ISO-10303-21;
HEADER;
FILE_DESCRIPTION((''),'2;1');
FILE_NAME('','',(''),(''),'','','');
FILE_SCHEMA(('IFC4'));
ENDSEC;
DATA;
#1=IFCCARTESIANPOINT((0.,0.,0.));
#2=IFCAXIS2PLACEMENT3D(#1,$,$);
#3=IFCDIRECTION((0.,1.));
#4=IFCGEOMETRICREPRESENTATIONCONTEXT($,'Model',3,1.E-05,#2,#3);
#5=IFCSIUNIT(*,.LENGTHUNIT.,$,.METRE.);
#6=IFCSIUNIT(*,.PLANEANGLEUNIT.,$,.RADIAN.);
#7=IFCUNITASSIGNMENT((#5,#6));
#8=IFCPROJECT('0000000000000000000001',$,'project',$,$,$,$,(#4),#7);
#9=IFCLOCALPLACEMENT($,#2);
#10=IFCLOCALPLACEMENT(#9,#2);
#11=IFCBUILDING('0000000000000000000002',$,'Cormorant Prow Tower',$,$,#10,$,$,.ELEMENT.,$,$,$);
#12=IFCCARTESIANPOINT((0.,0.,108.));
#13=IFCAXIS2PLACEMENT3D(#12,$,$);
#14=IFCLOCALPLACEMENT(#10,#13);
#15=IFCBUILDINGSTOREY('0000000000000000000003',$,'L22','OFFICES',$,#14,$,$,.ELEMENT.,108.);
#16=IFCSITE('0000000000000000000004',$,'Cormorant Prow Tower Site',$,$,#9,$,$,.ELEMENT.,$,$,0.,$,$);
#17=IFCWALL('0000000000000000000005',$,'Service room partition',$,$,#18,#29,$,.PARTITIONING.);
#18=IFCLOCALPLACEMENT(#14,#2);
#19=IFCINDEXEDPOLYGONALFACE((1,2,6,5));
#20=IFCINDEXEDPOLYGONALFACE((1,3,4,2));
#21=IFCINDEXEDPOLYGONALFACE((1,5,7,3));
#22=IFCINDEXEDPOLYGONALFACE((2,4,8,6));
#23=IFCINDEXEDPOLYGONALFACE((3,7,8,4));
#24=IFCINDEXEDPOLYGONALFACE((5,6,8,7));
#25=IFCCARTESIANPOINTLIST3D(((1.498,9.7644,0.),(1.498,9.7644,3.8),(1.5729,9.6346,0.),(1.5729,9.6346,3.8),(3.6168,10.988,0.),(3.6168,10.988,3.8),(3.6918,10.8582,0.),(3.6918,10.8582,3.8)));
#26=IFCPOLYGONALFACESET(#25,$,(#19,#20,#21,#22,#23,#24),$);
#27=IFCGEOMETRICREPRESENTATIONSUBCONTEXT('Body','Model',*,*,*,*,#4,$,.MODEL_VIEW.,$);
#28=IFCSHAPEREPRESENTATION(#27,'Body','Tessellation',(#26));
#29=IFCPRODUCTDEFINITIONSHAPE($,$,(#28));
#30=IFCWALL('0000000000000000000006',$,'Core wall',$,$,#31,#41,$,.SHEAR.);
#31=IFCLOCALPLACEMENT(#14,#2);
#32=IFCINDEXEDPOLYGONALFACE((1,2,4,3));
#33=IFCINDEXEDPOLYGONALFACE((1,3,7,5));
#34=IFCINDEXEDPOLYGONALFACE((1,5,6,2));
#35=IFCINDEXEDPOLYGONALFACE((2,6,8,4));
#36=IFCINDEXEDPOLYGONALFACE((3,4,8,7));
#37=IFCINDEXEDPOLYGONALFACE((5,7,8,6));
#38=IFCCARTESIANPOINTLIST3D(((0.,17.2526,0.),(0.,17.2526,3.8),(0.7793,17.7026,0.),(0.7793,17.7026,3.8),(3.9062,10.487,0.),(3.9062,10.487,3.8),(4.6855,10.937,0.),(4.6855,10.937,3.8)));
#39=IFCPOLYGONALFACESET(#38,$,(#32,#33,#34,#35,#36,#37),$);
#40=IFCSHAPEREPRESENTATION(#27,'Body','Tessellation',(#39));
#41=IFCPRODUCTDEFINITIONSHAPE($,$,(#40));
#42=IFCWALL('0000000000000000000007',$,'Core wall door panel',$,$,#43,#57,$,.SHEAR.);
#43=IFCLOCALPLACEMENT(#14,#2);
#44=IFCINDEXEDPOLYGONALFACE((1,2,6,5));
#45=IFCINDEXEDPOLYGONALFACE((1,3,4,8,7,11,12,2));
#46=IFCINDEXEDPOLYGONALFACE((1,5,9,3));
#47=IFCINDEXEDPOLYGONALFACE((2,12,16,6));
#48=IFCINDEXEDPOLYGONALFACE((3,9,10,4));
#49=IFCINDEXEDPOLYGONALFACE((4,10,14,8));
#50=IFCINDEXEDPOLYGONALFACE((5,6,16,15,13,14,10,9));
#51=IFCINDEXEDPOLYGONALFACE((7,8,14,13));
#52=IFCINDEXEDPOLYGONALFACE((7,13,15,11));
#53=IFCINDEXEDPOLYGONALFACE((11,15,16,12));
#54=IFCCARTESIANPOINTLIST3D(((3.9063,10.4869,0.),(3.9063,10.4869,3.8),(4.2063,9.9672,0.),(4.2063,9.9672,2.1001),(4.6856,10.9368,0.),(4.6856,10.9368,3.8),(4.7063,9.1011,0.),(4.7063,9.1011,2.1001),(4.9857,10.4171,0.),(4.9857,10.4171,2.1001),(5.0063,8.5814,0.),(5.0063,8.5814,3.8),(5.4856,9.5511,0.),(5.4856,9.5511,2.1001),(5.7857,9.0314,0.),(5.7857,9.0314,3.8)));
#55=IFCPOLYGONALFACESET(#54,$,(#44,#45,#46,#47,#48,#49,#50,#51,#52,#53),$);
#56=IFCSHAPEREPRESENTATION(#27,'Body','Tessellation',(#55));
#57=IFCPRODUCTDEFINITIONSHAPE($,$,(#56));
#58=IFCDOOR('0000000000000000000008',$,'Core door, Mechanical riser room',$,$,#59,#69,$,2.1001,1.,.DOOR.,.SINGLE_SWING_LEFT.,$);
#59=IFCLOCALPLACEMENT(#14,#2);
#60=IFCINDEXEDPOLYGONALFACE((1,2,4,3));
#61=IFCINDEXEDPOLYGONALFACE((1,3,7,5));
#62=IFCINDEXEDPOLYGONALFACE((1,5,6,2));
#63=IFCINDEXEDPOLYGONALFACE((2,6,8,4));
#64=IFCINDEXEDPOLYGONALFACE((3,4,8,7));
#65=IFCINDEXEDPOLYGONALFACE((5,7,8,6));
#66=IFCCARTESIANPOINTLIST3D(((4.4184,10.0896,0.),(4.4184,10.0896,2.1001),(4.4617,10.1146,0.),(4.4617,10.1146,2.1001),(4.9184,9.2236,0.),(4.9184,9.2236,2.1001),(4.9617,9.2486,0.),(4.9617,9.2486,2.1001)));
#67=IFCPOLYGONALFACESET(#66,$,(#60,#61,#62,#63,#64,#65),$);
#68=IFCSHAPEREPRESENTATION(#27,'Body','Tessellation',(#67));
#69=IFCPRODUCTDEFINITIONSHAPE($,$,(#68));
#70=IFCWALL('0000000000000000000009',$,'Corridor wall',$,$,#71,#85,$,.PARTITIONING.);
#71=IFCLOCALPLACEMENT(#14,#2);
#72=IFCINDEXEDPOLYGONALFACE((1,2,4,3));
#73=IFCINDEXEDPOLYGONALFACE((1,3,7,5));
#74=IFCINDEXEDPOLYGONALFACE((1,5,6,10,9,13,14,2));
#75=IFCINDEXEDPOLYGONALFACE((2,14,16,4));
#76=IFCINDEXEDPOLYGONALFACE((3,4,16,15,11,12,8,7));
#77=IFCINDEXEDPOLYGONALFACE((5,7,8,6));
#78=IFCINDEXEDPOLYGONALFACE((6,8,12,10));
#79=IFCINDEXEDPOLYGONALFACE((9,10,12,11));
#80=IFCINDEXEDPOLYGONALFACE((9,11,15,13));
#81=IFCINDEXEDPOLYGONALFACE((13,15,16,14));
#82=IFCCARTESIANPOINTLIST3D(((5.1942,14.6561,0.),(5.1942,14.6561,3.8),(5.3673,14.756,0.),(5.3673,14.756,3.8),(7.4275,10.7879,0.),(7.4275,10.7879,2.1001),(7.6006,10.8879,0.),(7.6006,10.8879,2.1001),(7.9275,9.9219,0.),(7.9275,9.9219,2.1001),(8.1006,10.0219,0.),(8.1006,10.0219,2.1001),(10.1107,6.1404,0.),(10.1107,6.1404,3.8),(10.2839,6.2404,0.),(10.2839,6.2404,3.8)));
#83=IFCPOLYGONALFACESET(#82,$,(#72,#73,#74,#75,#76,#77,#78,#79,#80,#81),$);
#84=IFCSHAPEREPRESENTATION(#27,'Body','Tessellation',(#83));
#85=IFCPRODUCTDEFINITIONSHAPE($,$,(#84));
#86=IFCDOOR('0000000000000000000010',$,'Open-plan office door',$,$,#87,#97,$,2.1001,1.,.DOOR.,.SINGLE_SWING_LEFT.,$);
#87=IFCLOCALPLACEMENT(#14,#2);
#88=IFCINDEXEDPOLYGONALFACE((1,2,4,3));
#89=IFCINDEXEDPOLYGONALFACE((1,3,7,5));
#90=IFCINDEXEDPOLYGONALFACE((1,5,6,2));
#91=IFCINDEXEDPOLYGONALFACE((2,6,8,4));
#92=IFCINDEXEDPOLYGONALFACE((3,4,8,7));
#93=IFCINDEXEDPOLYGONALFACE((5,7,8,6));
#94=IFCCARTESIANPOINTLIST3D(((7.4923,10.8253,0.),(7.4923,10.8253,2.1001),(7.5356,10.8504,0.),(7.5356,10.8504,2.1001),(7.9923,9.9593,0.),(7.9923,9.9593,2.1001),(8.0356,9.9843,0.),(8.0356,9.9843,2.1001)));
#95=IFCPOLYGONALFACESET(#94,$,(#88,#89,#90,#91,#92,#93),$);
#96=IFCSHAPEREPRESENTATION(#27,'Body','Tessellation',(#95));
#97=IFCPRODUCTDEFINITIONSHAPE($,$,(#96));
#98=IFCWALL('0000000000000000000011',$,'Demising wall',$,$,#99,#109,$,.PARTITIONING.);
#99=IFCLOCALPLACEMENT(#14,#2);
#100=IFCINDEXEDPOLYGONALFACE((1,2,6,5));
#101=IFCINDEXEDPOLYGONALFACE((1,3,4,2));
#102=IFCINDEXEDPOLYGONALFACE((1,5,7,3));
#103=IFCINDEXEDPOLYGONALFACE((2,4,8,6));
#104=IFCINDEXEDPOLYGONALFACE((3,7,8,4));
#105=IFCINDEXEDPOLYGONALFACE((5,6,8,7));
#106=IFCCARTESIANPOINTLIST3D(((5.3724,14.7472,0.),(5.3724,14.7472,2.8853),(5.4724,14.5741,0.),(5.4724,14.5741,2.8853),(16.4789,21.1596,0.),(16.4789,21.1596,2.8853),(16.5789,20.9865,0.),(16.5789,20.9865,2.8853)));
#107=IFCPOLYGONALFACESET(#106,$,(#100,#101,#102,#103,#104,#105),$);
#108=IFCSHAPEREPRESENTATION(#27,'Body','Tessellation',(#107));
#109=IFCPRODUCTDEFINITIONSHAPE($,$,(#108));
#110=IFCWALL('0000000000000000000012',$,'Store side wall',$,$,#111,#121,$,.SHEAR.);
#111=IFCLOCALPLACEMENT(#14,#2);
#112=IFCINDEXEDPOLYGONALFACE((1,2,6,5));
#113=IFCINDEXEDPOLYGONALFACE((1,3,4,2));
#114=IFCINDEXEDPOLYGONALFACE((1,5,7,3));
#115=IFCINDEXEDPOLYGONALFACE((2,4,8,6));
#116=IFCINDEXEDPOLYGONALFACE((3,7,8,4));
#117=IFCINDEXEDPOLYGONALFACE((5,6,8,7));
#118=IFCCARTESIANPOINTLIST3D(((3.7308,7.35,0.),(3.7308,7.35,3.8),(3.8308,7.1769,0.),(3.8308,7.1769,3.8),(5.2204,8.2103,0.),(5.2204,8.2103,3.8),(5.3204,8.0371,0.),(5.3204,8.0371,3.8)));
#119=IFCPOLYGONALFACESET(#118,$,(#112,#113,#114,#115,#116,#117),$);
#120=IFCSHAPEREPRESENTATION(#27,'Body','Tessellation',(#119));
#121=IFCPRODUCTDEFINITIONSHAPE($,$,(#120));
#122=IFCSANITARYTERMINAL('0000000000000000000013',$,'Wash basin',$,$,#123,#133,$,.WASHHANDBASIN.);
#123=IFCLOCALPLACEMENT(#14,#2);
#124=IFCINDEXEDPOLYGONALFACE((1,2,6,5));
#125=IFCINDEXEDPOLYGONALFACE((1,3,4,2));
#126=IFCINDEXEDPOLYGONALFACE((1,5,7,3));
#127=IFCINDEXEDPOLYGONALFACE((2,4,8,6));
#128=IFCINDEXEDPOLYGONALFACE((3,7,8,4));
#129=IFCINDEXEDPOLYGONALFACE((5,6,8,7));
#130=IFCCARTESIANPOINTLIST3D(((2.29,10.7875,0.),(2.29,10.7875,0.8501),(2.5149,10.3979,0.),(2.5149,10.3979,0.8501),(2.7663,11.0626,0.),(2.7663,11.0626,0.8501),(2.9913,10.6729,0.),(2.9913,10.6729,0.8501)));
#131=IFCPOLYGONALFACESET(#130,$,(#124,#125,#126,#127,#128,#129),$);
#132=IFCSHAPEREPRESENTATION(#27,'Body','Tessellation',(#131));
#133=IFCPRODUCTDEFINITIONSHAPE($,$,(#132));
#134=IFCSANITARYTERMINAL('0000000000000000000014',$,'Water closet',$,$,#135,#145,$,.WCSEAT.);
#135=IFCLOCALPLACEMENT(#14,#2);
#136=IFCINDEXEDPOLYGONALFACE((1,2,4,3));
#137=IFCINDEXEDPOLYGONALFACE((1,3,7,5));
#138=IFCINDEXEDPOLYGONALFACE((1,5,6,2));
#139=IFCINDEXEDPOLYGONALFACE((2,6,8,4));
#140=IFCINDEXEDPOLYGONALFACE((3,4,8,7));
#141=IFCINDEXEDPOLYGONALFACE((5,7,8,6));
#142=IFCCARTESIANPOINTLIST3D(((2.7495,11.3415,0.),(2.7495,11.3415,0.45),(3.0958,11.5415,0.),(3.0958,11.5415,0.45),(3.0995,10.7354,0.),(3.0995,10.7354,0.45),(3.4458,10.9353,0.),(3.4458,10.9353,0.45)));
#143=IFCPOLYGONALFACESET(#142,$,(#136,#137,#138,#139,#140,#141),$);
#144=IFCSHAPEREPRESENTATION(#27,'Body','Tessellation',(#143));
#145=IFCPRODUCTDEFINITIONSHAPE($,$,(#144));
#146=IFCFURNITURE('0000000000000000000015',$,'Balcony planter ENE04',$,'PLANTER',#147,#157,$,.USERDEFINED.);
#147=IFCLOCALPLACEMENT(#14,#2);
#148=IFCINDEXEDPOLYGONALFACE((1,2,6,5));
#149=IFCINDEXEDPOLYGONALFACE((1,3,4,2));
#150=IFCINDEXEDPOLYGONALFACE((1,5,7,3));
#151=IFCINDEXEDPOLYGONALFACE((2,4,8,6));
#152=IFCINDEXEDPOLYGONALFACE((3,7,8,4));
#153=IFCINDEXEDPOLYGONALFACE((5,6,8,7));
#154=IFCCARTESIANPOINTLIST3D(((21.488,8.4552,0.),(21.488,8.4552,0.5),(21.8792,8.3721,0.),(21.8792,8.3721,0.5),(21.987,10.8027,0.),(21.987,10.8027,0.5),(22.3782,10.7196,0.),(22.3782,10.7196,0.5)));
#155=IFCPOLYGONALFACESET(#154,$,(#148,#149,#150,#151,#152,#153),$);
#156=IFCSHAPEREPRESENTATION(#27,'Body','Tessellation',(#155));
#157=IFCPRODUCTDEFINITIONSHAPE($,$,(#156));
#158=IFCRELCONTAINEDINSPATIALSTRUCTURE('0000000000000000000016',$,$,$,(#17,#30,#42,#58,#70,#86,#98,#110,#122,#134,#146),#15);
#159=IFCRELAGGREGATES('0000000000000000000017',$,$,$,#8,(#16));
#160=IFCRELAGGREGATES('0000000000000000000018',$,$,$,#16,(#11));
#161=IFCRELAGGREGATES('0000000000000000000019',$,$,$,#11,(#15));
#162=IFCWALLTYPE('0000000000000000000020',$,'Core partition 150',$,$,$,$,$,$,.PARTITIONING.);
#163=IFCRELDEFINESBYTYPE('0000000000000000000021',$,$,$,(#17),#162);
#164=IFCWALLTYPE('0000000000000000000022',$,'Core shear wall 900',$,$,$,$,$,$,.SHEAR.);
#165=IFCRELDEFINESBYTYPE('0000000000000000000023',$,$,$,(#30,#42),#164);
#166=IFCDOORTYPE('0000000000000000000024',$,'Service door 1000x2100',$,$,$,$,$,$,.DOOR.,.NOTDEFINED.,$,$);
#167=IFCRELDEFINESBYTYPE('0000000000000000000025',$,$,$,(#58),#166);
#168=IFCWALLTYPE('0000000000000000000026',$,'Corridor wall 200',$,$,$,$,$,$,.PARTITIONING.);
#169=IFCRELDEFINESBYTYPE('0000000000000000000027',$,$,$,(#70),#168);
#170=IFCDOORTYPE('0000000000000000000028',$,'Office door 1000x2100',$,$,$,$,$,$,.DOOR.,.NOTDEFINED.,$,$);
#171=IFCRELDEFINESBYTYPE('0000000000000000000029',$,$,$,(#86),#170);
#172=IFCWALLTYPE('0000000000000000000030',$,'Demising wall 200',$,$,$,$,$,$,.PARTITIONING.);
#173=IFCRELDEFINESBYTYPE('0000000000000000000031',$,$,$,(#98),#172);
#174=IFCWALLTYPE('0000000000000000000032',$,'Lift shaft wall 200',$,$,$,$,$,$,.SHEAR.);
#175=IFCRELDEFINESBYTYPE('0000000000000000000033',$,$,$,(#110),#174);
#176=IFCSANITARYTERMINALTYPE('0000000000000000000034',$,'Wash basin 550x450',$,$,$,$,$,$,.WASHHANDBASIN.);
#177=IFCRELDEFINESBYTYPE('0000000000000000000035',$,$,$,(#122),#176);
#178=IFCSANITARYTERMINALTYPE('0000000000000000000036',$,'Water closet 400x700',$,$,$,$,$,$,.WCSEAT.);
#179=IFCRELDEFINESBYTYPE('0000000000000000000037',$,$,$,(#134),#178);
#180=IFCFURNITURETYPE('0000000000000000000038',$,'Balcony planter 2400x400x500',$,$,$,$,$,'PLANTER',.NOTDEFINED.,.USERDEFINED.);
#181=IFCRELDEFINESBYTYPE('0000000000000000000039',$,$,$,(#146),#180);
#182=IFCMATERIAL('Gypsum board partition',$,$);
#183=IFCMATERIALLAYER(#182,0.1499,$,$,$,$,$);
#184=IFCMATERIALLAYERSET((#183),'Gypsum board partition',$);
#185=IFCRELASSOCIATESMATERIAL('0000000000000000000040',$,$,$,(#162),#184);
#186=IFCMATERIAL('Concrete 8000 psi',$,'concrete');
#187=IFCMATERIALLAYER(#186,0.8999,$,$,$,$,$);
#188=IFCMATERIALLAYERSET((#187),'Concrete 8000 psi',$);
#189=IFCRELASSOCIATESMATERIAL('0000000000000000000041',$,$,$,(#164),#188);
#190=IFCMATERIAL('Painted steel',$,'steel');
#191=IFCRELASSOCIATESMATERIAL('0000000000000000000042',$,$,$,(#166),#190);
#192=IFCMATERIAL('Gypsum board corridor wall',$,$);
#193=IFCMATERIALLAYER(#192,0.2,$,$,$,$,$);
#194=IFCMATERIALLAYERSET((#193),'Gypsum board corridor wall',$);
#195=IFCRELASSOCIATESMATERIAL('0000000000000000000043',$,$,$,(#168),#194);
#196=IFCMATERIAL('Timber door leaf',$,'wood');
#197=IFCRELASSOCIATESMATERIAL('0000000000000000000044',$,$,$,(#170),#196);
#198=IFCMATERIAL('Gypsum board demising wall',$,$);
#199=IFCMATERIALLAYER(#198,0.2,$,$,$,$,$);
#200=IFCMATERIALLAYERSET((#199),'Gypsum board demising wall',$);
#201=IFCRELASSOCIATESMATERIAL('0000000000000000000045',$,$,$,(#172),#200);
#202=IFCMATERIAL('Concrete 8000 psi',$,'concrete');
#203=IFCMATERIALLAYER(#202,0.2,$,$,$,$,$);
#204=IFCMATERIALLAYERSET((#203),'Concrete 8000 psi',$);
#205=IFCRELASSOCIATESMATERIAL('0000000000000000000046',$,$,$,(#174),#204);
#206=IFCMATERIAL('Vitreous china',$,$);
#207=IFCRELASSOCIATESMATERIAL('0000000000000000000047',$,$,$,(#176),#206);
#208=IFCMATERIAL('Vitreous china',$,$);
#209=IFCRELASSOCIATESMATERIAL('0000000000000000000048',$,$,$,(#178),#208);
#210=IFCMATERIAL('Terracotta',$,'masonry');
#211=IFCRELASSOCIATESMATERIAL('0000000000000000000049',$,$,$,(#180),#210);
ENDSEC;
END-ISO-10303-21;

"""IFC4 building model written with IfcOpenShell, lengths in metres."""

from ifc_helpers import new_model, si_unit, direction, frame, frame_2d, origin, origin_2d, place, context, subcontext, project, spatial, rectangle, extrude, material, layer, layer_set, type_object, element, fill, save


model = new_model("IFC4")

# Units and contexts
model_context = context("Model", 3, precision=1e-05, world=origin(), true_north=direction((0.0, 1.0)))
body_context = subcontext(model_context, "Body", "Model", "MODEL_VIEW")
ifc_project = project(units=[si_unit("LENGTHUNIT", "METRE"), si_unit("PLANEANGLEUNIT", "RADIAN")], contexts=[model_context])

# Site, building, storey
site_placement = place(None, origin())
site = spatial("IfcSite", under=ifc_project, at=site_placement, Name="Cormorant Prow Tower Site", CompositionType="ELEMENT", RefElevation=0.0)
building_placement = place(site_placement, origin())
building = spatial("IfcBuilding", under=site, at=building_placement, Name="Cormorant Prow Tower", CompositionType="ELEMENT")
storey_placement = place(building_placement, frame((0.0, 0.0, 108.0)))
storey = spatial("IfcBuildingStorey", under=building, at=storey_placement, Name="L22", Description="OFFICES", CompositionType="ELEMENT", Elevation=108.0)

# Walls
ifc_material_1 = material(Name="Gypsum board partition")
ifc_layer_1 = layer(ifc_material_1, 0.1499)
ifc_layer_set_1 = layer_set([ifc_layer_1], Name="Gypsum board partition")
wall_type_1 = type_object("IfcWallType", Name="Core partition 150", PredefinedType="PARTITIONING", material=ifc_layer_set_1)
wall_1_placement = place(storey_placement, frame((3.6543, 10.9231, 0.0), z_axis=(0.0, 0.0, 1.0), x_axis=(-0.865975, -0.500088, 0.0)))
element("IfcWall", 1, at=wall_1_placement, inside=storey, type_object=wall_type_1, Name="Service room partition", PredefinedType="PARTITIONING", context=body_context, shape_type="SweptSolid", body=[
    extrude(rectangle(XDim=2.4468, YDim=0.1499, at=frame_2d((1.2234, 0.0))), origin(), (0.0, 0.0, 1.0), 3.8),
])
ifc_material_2 = material(Name="Concrete 8000 psi", Category="concrete")
ifc_layer_2 = layer(ifc_material_2, 0.8999)
ifc_layer_set_2 = layer_set([ifc_layer_2], Name="Concrete 8000 psi")
wall_type_2 = type_object("IfcWallType", Name="Core shear wall 900", PredefinedType="SHEAR", material=ifc_layer_set_2)
wall_2_placement = place(storey_placement, frame((4.2959, 10.7119, 0.0), z_axis=(0.0, 0.0, 1.0), x_axis=(-0.500011, 0.866019, 0.0)))
element("IfcWall", 2, at=wall_2_placement, inside=storey, type_object=wall_type_2, Name="Core wall", PredefinedType="SHEAR", context=body_context, shape_type="SweptSolid", body=[
    extrude(rectangle(XDim=7.8123, YDim=0.8999, at=frame_2d((3.9062, 0.0))), origin(), (0.0, 0.0, 1.0), 3.8),
])

# Walls, openings, doors
wall_3_placement = place(storey_placement, frame((5.396, 8.8064, 0.0), z_axis=(0.0, 0.0, 1.0), x_axis=(-0.499982, 0.866036, 0.0)))
wall_3 = element("IfcWall", 3, at=wall_3_placement, inside=storey, type_object=wall_type_2, Name="Core wall door panel", PredefinedType="SHEAR", context=body_context, shape_type="SweptSolid", body=[
    extrude(rectangle(XDim=2.2002, YDim=0.8999, at=frame_2d((1.1001, 0.0))), origin(), (0.0, 0.0, 1.0), 3.8),
])
opening_1_placement = place(wall_3_placement, frame((0.6001, 0.0, 0.0)))
opening_1 = element("IfcOpeningElement", 4, at=opening_1_placement, cuts=wall_3, PredefinedType="OPENING", context=body_context, shape_type="SweptSolid", body=[
    extrude(rectangle(XDim=1.0, YDim=2.1001, at=frame_2d((0.5, 1.05))), frame((0.0, 0.46, 0.0), z_axis=(0.0, -1.0, 0.0), x_axis=(1.0, 0.0, 0.0)), (0.0, 0.0, 1.0), 0.9199),
])
ifc_material_3 = material(Name="Painted steel", Category="steel")
door_type_1 = type_object("IfcDoorType", Name="Service door 1000x2100", OperationType="NOTDEFINED", PredefinedType="DOOR", material=ifc_material_3)
door_1_placement = place(opening_1_placement, origin())
door_1 = element("IfcDoor", 5, at=door_1_placement, inside=storey, type_object=door_type_1, Name="Core door, Mechanical riser room", OperationType="SINGLE_SWING_LEFT", OverallHeight=2.1001, OverallWidth=1.0, PredefinedType="DOOR", context=body_context, shape_type="SweptSolid", body=[
    extrude(rectangle(XDim=1.0, YDim=2.1001, at=frame_2d((0.5, 1.05))), frame((0.0, 0.2051, 0.0), z_axis=(0.0, -1.0, 0.0), x_axis=(1.0, 0.0, 0.0)), (0.0, 0.0, 1.0), 0.05),
])
fill(opening_1, door_1)
ifc_material_4 = material(Name="Gypsum board corridor wall")
ifc_layer_3 = layer(ifc_material_4, 0.2)
ifc_layer_set_3 = layer_set([ifc_layer_3], Name="Gypsum board corridor wall")
wall_type_3 = type_object("IfcWallType", Name="Corridor wall 200", PredefinedType="PARTITIONING", material=ifc_layer_set_3)
wall_4_placement = place(storey_placement, frame((5.2808, 14.7061, 0.0), z_axis=(0.0, 0.0, 1.0), x_axis=(0.5, -0.866025, 0.0)))
wall_4 = element("IfcWall", 6, at=wall_4_placement, inside=storey, type_object=wall_type_3, Name="Corridor wall", PredefinedType="PARTITIONING", context=body_context, shape_type="SweptSolid", body=[
    extrude(rectangle(XDim=9.833, YDim=0.2, at=frame_2d((4.9165, 0.0))), origin(), (0.0, 0.0, 1.0), 3.8),
])
opening_2_placement = place(wall_4_placement, frame((4.4666, 0.0, 0.0)))
opening_2 = element("IfcOpeningElement", 7, at=opening_2_placement, cuts=wall_4, PredefinedType="OPENING", context=body_context, shape_type="SweptSolid", body=[
    extrude(rectangle(XDim=1.0, YDim=2.1001, at=frame_2d((0.5, 1.05))), frame((0.0, 0.1099, 0.0), z_axis=(0.0, -1.0, 0.0), x_axis=(1.0, 0.0, 0.0)), (0.0, 0.0, 1.0), 0.22),
])
ifc_material_5 = material(Name="Timber door leaf", Category="wood")
door_type_2 = type_object("IfcDoorType", Name="Office door 1000x2100", OperationType="NOTDEFINED", PredefinedType="DOOR", material=ifc_material_5)
door_2_placement = place(opening_2_placement, origin())
door_2 = element("IfcDoor", 8, at=door_2_placement, inside=storey, type_object=door_type_2, Name="Open-plan office door", OperationType="SINGLE_SWING_LEFT", OverallHeight=2.1001, OverallWidth=1.0, PredefinedType="DOOR", context=body_context, shape_type="SweptSolid", body=[
    extrude(rectangle(XDim=1.0, YDim=2.1001, at=frame_2d((0.5, 1.05))), frame((0.0, 0.0249, 0.0), z_axis=(0.0, -1.0, 0.0), x_axis=(1.0, 0.0, 0.0)), (0.0, 0.0, 1.0), 0.05),
])
fill(opening_2, door_2)

# Walls
ifc_material_6 = material(Name="Gypsum board demising wall")
ifc_layer_4 = layer(ifc_material_6, 0.2)
ifc_layer_set_4 = layer_set([ifc_layer_4], Name="Gypsum board demising wall")
wall_type_4 = type_object("IfcWallType", Name="Demising wall 200", PredefinedType="PARTITIONING", material=ifc_layer_set_4)
wall_5_placement = place(storey_placement, frame((5.4224, 14.6606, 0.0), z_axis=(0.0, 0.0, 1.0), x_axis=(0.866024, 0.500003, 0.0)))
element("IfcWall", 9, at=wall_5_placement, inside=storey, type_object=wall_type_4, Name="Demising wall", PredefinedType="PARTITIONING", context=body_context, shape_type="SweptSolid", body=[
    extrude(rectangle(XDim=12.8247, YDim=0.2, at=frame_2d((6.4124, 0.0))), origin(), (0.0, 0.0, 1.0), 2.8853),
])
ifc_material_7 = material(Name="Concrete 8000 psi", Category="concrete")
ifc_layer_5 = layer(ifc_material_7, 0.2)
ifc_layer_set_5 = layer_set([ifc_layer_5], Name="Concrete 8000 psi")
wall_type_5 = type_object("IfcWallType", Name="Lift shaft wall 200", PredefinedType="SHEAR", material=ifc_layer_set_5)
wall_6_placement = place(storey_placement, frame((3.7808, 7.2634, 0.0), z_axis=(0.0, 0.0, 1.0), x_axis=(0.865963, 0.500107, 0.0)))
element("IfcWall", 10, at=wall_6_placement, inside=storey, type_object=wall_type_5, Name="Store side wall", PredefinedType="SHEAR", context=body_context, shape_type="SweptSolid", body=[
    extrude(rectangle(XDim=1.7202, YDim=0.2, at=frame_2d((0.8601, 0.0))), origin(), (0.0, 0.0, 1.0), 3.8),
])

# Sanitary terminals
ifc_material_8 = material(Name="Vitreous china")
sanitary_terminal_type_1 = type_object("IfcSanitaryTerminalType", Name="Wash basin 550x450", PredefinedType="WASHHANDBASIN", material=ifc_material_8)
sanitary_terminal_1_placement = place(storey_placement, frame((2.6406, 10.7302, 0.0), z_axis=(0.0, 0.0, 1.0), x_axis=(0.866025, 0.5, 0.0)))
element("IfcSanitaryTerminal", 11, at=sanitary_terminal_1_placement, inside=storey, type_object=sanitary_terminal_type_1, Name="Wash basin", PredefinedType="WASHHANDBASIN", context=body_context, shape_type="SweptSolid", body=[
    extrude(rectangle(XDim=0.55, YDim=0.45, at=origin_2d()), origin(), (0.0, 0.0, 1.0), 0.8501),
])
ifc_material_9 = material(Name="Vitreous china")
sanitary_terminal_type_2 = type_object("IfcSanitaryTerminalType", Name="Water closet 400x700", PredefinedType="WCSEAT", material=ifc_material_9)
sanitary_terminal_2_placement = place(storey_placement, frame((3.0977, 11.1384, 0.0), z_axis=(0.0, 0.0, 1.0), x_axis=(0.866025, 0.5, 0.0)))
element("IfcSanitaryTerminal", 12, at=sanitary_terminal_2_placement, inside=storey, type_object=sanitary_terminal_type_2, Name="Water closet", PredefinedType="WCSEAT", context=body_context, shape_type="SweptSolid", body=[
    extrude(rectangle(XDim=0.3999, YDim=0.7, at=origin_2d()), origin(), (0.0, 0.0, 1.0), 0.45),
])

# Furniture
ifc_material_10 = material(Name="Terracotta", Category="masonry")
furniture_type = type_object("IfcFurnitureType", Name="Balcony planter 2400x400x500", ElementType="PLANTER", AssemblyPlace="NOTDEFINED", PredefinedType="USERDEFINED", material=ifc_material_10)
furniture_placement = place(storey_placement, frame((21.9331, 9.5874, 0.0), z_axis=(0.0, 0.0, 1.0), x_axis=(0.207912, 0.978148, 0.0)))
element("IfcFurniture", 13, at=furniture_placement, inside=storey, type_object=furniture_type, Name="Balcony planter ENE04", ObjectType="PLANTER", PredefinedType="USERDEFINED", context=body_context, shape_type="SweptSolid", body=[
    extrude(rectangle(XDim=2.3999, YDim=0.3999, at=origin_2d()), origin(), (0.0, 0.0, 1.0), 0.5),
])

save(model, "model.ifc")
